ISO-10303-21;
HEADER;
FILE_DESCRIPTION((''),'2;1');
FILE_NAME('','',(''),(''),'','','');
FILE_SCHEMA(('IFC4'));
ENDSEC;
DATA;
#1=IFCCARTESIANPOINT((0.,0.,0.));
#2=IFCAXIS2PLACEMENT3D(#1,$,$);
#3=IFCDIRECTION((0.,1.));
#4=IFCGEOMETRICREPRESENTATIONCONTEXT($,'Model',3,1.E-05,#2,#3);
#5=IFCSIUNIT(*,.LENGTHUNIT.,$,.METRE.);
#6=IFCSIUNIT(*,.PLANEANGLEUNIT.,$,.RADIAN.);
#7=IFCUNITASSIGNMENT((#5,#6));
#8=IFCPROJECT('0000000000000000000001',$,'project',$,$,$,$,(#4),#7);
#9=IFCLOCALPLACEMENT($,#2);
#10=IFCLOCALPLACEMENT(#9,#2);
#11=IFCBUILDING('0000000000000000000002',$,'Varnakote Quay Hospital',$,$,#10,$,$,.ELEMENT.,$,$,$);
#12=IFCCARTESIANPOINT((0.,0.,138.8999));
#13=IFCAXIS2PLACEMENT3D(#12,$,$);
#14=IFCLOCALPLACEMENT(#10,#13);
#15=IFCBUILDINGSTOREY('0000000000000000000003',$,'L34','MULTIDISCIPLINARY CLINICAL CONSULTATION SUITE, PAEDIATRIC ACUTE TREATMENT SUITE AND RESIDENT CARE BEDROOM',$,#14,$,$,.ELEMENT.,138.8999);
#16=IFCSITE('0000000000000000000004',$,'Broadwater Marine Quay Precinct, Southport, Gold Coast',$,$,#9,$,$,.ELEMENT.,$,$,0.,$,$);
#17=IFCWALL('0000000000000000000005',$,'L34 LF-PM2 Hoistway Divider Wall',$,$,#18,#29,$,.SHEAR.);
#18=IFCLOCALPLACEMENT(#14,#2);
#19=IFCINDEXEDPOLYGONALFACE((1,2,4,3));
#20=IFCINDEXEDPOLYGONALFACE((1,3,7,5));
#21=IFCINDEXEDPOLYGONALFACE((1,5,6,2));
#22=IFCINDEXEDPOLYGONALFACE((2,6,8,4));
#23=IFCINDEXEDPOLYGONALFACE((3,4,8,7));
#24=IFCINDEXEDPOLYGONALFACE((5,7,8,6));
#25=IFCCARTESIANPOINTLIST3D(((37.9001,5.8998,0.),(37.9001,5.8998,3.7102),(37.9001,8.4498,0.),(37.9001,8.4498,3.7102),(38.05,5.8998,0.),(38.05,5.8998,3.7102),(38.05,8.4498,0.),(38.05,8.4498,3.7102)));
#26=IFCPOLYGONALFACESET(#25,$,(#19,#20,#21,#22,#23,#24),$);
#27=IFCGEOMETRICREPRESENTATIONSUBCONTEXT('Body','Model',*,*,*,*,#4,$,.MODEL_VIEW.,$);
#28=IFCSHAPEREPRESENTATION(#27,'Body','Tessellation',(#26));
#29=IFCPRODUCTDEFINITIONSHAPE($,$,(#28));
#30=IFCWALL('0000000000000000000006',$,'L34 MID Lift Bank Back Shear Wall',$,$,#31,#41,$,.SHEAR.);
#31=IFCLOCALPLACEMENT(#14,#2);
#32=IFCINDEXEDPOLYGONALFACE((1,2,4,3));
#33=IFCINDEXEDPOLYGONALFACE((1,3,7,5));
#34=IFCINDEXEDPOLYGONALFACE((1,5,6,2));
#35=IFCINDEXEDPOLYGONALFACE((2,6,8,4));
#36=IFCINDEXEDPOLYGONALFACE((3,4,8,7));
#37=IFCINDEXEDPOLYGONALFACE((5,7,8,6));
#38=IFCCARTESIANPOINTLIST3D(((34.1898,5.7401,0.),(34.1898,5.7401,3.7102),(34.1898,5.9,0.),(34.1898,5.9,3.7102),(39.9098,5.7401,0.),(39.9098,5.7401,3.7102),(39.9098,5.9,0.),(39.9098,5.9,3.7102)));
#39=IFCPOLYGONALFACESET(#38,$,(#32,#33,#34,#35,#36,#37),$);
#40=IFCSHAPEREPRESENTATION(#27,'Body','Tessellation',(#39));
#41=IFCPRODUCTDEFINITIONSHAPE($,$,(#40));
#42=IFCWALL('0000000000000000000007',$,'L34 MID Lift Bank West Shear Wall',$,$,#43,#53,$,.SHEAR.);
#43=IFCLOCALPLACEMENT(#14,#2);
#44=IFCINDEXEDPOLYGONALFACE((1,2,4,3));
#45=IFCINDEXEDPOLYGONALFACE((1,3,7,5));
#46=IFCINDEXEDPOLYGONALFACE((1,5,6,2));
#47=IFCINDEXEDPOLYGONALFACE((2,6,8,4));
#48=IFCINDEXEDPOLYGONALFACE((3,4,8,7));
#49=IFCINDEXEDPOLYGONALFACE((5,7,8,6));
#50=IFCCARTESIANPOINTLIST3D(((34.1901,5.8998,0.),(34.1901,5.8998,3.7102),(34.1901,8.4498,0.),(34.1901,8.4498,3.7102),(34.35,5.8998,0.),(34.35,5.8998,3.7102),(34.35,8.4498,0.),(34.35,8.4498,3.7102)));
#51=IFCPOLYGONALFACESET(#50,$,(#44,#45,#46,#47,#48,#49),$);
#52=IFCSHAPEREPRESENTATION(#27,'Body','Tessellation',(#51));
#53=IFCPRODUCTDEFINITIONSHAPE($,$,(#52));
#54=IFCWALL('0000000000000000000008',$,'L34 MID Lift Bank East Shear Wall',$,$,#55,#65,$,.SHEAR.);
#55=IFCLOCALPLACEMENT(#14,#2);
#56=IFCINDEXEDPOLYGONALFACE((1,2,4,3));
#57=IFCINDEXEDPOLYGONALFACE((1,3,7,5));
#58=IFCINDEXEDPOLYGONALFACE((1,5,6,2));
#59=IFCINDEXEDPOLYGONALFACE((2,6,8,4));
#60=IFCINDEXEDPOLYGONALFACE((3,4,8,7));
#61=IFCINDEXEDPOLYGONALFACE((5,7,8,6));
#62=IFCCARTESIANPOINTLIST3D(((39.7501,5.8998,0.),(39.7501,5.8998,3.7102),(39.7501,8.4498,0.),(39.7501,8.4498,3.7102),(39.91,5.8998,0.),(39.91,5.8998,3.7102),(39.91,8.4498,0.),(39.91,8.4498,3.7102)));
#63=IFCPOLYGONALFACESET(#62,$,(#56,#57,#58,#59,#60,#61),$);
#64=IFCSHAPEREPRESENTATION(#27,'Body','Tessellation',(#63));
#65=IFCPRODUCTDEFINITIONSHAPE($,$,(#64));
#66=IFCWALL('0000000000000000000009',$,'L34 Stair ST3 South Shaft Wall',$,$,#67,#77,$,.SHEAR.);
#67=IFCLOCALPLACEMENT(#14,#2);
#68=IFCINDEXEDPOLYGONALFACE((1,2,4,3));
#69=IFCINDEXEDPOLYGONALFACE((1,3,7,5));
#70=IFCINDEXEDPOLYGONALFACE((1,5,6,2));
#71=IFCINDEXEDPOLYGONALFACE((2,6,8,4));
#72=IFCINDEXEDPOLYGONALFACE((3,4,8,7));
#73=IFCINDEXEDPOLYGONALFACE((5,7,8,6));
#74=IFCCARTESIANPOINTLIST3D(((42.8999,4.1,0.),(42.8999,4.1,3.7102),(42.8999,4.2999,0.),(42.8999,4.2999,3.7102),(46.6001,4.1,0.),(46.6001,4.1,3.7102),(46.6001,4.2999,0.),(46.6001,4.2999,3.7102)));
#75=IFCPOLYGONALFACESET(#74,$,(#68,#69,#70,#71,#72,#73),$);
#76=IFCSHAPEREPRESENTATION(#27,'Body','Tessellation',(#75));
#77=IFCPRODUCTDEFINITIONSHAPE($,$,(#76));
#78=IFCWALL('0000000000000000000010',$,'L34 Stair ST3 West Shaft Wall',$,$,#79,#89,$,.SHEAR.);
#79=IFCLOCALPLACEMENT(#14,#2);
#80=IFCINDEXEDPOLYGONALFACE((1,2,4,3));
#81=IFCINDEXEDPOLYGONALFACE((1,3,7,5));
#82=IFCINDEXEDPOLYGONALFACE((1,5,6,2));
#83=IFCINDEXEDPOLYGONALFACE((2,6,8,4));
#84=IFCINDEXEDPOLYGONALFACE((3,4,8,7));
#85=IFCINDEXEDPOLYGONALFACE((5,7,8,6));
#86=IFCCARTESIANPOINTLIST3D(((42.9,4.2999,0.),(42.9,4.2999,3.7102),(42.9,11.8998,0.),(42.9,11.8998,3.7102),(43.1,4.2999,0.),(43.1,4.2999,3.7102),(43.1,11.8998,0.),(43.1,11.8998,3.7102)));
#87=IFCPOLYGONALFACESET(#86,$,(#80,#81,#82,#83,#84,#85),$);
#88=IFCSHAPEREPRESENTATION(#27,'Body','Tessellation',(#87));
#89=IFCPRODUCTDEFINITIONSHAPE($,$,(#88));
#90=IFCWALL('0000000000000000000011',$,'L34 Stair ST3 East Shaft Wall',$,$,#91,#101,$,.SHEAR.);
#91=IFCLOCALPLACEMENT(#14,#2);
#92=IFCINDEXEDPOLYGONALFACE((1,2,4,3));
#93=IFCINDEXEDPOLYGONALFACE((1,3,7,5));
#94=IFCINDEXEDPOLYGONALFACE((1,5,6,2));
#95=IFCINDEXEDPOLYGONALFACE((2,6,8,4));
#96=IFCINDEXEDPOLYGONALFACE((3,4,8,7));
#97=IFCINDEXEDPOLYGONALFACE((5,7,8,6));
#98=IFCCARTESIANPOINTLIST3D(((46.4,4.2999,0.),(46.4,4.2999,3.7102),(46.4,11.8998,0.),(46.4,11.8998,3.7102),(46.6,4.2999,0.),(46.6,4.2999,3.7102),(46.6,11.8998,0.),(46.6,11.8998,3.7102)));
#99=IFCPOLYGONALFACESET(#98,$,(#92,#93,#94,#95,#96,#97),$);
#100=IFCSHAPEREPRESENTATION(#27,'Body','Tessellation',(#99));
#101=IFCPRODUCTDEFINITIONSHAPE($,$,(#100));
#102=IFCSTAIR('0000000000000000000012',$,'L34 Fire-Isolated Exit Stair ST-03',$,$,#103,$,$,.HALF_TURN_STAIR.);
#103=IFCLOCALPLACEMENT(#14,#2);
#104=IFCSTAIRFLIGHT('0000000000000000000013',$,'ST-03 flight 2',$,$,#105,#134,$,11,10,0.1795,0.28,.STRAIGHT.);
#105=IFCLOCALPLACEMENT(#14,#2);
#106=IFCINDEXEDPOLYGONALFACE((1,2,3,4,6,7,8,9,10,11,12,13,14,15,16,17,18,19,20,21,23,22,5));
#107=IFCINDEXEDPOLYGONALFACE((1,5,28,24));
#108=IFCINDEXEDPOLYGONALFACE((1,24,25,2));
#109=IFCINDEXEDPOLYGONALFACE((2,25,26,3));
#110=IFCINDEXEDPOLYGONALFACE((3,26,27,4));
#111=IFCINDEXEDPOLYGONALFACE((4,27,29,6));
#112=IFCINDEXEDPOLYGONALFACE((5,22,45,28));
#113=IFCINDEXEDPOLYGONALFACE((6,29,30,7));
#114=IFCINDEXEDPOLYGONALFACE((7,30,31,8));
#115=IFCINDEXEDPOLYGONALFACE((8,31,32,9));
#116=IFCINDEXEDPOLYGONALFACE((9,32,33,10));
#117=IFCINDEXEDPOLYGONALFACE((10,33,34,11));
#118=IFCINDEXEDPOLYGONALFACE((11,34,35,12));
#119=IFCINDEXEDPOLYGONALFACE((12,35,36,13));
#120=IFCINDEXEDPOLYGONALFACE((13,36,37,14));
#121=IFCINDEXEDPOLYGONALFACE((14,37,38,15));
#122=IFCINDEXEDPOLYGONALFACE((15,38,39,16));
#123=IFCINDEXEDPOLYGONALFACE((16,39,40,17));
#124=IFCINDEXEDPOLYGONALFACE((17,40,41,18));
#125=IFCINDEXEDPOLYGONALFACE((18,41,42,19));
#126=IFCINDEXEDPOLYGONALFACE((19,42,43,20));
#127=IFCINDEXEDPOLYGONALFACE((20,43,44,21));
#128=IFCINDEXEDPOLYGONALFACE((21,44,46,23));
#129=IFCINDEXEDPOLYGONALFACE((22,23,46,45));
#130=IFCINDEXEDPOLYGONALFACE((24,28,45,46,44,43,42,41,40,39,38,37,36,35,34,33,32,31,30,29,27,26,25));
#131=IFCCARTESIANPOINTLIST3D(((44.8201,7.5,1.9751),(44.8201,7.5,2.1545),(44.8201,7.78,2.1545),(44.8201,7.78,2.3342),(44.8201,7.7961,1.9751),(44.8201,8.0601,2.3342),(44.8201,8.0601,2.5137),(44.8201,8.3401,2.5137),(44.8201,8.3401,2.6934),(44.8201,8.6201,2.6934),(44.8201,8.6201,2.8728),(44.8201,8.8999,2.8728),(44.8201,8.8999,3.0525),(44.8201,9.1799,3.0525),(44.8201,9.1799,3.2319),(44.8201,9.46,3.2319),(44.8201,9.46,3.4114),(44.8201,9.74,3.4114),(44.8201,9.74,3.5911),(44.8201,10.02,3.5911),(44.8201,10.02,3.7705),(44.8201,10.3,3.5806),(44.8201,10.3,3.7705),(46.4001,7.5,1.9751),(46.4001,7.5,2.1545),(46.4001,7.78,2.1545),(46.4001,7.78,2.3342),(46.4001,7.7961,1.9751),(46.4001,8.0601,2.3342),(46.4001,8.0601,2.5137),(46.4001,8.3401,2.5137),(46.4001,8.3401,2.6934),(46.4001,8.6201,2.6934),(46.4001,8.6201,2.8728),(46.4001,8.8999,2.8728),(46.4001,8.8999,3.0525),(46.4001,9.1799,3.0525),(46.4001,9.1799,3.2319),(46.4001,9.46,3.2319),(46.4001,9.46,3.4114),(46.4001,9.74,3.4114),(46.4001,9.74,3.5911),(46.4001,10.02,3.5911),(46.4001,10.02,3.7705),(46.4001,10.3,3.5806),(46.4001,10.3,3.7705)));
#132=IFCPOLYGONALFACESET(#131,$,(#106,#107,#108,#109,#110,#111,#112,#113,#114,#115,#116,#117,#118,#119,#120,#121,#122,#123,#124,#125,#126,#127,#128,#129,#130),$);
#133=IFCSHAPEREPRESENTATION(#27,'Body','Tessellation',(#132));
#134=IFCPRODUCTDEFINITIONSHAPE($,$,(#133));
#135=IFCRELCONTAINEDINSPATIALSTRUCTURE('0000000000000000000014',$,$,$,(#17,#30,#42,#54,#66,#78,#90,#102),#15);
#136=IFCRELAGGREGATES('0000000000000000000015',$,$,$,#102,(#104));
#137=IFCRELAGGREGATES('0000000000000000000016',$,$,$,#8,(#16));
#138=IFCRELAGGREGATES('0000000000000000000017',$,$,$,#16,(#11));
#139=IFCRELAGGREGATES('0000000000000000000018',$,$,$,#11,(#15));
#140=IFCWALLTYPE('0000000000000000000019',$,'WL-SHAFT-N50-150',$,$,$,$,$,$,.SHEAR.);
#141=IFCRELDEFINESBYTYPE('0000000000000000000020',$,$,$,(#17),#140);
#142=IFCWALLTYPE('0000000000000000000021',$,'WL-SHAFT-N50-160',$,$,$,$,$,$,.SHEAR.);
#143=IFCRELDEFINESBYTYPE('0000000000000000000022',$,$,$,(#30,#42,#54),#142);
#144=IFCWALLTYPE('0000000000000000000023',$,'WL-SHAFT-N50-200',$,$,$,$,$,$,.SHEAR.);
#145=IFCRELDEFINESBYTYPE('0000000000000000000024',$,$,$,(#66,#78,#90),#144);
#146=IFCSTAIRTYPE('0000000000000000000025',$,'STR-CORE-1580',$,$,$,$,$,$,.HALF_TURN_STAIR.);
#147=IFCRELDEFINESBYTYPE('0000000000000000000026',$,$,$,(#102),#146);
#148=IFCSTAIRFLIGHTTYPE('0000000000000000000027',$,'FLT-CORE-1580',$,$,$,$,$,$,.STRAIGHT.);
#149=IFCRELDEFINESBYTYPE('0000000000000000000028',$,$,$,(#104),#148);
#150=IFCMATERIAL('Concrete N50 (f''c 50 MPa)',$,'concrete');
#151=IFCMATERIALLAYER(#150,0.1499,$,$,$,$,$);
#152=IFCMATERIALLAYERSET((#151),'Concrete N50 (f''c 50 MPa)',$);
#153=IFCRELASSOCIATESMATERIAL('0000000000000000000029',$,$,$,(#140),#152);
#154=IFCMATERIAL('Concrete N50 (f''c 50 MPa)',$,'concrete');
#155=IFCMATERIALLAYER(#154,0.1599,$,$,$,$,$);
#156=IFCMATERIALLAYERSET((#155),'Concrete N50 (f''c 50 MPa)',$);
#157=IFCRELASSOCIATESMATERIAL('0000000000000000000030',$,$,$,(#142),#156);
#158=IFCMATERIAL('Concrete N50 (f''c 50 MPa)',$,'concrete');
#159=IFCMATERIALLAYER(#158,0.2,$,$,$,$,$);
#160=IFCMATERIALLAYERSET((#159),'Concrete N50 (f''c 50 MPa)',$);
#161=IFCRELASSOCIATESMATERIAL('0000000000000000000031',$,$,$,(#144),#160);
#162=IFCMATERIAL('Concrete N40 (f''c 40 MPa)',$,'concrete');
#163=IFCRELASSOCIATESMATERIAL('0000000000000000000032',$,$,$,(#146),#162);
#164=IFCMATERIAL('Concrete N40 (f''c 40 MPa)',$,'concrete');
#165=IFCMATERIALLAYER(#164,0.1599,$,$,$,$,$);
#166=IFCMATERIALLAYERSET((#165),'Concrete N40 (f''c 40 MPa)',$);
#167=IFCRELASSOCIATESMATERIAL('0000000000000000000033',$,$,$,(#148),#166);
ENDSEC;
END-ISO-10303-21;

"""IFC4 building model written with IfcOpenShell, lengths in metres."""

from ifc_helpers import new_model, si_unit, direction, frame, frame_2d, origin, place, context, subcontext, project, spatial, polyline, rectangle, outline, extrude, material, layer, layer_set, type_object, element, aggregate, save


model = new_model("IFC4")

# Units and contexts
model_context = context("Model", 3, precision=1e-05, world=origin(), true_north=direction((0.0, 1.0)))
body_context = subcontext(model_context, "Body", "Model", "MODEL_VIEW")
ifc_project = project(units=[si_unit("LENGTHUNIT", "METRE"), si_unit("PLANEANGLEUNIT", "RADIAN")], contexts=[model_context])

# Site, building, storey
site_placement = place(None, origin())
site = spatial("IfcSite", under=ifc_project, at=site_placement, Name="Broadwater Marine Quay Precinct, Southport, Gold Coast", CompositionType="ELEMENT", RefElevation=0.0)
building_placement = place(site_placement, origin())
building = spatial("IfcBuilding", under=site, at=building_placement, Name="Varnakote Quay Hospital", CompositionType="ELEMENT")
storey_placement = place(building_placement, frame((0.0, 0.0, 138.8999)))
storey = spatial("IfcBuildingStorey", under=building, at=storey_placement, Name="L34", Description="MULTIDISCIPLINARY CLINICAL CONSULTATION SUITE, PAEDIATRIC ACUTE TREATMENT SUITE AND RESIDENT CARE BEDROOM", CompositionType="ELEMENT", Elevation=138.8999)

# Walls
ifc_material_1 = material(Name="Concrete N50 (f'c 50 MPa)", Category="concrete")
ifc_layer_1 = layer(ifc_material_1, 0.1499)
ifc_layer_set_1 = layer_set([ifc_layer_1], Name="Concrete N50 (f'c 50 MPa)")
wall_type_1 = type_object("IfcWallType", Name="WL-SHAFT-N50-150", PredefinedType="SHEAR", material=ifc_layer_set_1)
for number, where, z_axis, x_axis, name in (
    (1, (37.9751, 5.8999, 0.0), (0.0, 0.0, 1.0), (0.0, 1.0, 0.0), "L34 LF-PM2 Hoistway Divider Wall"),
):
    element("IfcWall", number, at=place(storey_placement, frame(where, z_axis=z_axis, x_axis=x_axis)), inside=storey, type_object=wall_type_1, Name=name, PredefinedType="SHEAR", context=body_context, shape_type="SweptSolid", body=[
        extrude(rectangle(XDim=2.55, YDim=0.1499, at=frame_2d((1.2749, 0.0))), origin(), (0.0, 0.0, 1.0), 3.7102),
    ])
ifc_material_2 = material(Name="Concrete N50 (f'c 50 MPa)", Category="concrete")
ifc_layer_2 = layer(ifc_material_2, 0.1599)
ifc_layer_set_2 = layer_set([ifc_layer_2], Name="Concrete N50 (f'c 50 MPa)")
wall_type_2 = type_object("IfcWallType", Name="WL-SHAFT-N50-160", PredefinedType="SHEAR", material=ifc_layer_set_2)
wall_1_placement = place(storey_placement, frame((34.1899, 5.8201, 0.0), z_axis=(0.0, 0.0, 1.0), x_axis=(1.0, 0.0, 0.0)))
element("IfcWall", 2, at=wall_1_placement, inside=storey, type_object=wall_type_2, Name="L34 MID Lift Bank Back Shear Wall", PredefinedType="SHEAR", context=body_context, shape_type="SweptSolid", body=[
    extrude(rectangle(XDim=5.72, YDim=0.1599, at=frame_2d((2.8599, 0.0))), origin(), (0.0, 0.0, 1.0), 3.7102),
])
for number, where, z_axis, x_axis, name in (
    (3, (34.27, 5.8999, 0.0), (0.0, 0.0, 1.0), (0.0, 1.0, 0.0), "L34 MID Lift Bank West Shear Wall"),
    (4, (39.8301, 5.8999, 0.0), (0.0, 0.0, 1.0), (0.0, 1.0, 0.0), "L34 MID Lift Bank East Shear Wall"),
):
    element("IfcWall", number, at=place(storey_placement, frame(where, z_axis=z_axis, x_axis=x_axis)), inside=storey, type_object=wall_type_2, Name=name, PredefinedType="SHEAR", context=body_context, shape_type="SweptSolid", body=[
        extrude(rectangle(XDim=2.55, YDim=0.1599, at=frame_2d((1.2749, 0.0))), origin(), (0.0, 0.0, 1.0), 3.7102),
    ])

# Walls
ifc_material_3 = material(Name="Concrete N50 (f'c 50 MPa)", Category="concrete")
ifc_layer_3 = layer(ifc_material_3, 0.2)
ifc_layer_set_3 = layer_set([ifc_layer_3], Name="Concrete N50 (f'c 50 MPa)")
wall_type_3 = type_object("IfcWallType", Name="WL-SHAFT-N50-200", PredefinedType="SHEAR", material=ifc_layer_set_3)
wall_2_placement = place(storey_placement, frame((42.8999, 4.2, 0.0), z_axis=(0.0, 0.0, 1.0), x_axis=(1.0, 0.0, 0.0)))
element("IfcWall", 5, at=wall_2_placement, inside=storey, type_object=wall_type_3, Name="L34 Stair ST3 South Shaft Wall", PredefinedType="SHEAR", context=body_context, shape_type="SweptSolid", body=[
    extrude(rectangle(XDim=3.7002, YDim=0.2, at=frame_2d((1.8501, 0.0))), origin(), (0.0, 0.0, 1.0), 3.7102),
])
for number, where, z_axis, x_axis, name in (
    (6, (43.0, 4.3, 0.0), (0.0, 0.0, 1.0), (0.0, 1.0, 0.0), "L34 Stair ST3 West Shaft Wall"),
    (7, (46.5, 4.3, 0.0), (0.0, 0.0, 1.0), (0.0, 1.0, 0.0), "L34 Stair ST3 East Shaft Wall"),
):
    element("IfcWall", number, at=place(storey_placement, frame(where, z_axis=z_axis, x_axis=x_axis)), inside=storey, type_object=wall_type_3, Name=name, PredefinedType="SHEAR", context=body_context, shape_type="SweptSolid", body=[
        extrude(rectangle(XDim=7.5999, YDim=0.2, at=frame_2d((3.7998, 0.0))), origin(), (0.0, 0.0, 1.0), 3.7102),
    ])

# Stair, stair flight
ifc_material_4 = material(Name="Concrete N40 (f'c 40 MPa)", Category="concrete")
stair_type = type_object("IfcStairType", Name="STR-CORE-1580", PredefinedType="HALF_TURN_STAIR", material=ifc_material_4)
stair_placement = place(storey_placement, origin())
stair = element("IfcStair", 8, at=stair_placement, inside=storey, type_object=stair_type, Name="L34 Fire-Isolated Exit Stair ST-03", PredefinedType="HALF_TURN_STAIR")
ifc_material_5 = material(Name="Concrete N40 (f'c 40 MPa)", Category="concrete")
ifc_layer_4 = layer(ifc_material_5, 0.1599)
ifc_layer_set_4 = layer_set([ifc_layer_4], Name="Concrete N40 (f'c 40 MPa)")
stair_flight_type = type_object("IfcStairFlightType", Name="FLT-CORE-1580", PredefinedType="STRAIGHT", material=ifc_layer_set_4)
stair_flight_placement = place(storey_placement, frame((45.6101, 7.5, 1.9751), z_axis=(0.0, 0.0, 1.0), x_axis=(0.0, 1.0, 0.0)))
stair_flight = element("IfcStairFlight", 9, at=stair_flight_placement, type_object=stair_flight_type, Name="ST-03 flight 2", NumberOfRisers=11, NumberOfTreads=10, PredefinedType="STRAIGHT", RiserHeight=0.1795, TreadLength=0.28, context=body_context, shape_type="SweptSolid", body=[
    extrude(outline(polyline([(0.0, 0.0), (0.0, 0.1794), (0.28, 0.1794), (0.28, 0.3591), (0.5601, 0.3591), (0.5601, 0.5386), (0.8401, 0.5386), (0.8401, 0.7183), (1.1201, 0.7183), (1.1201, 0.8977), (1.3999, 0.8977), (1.3999, 1.0774), (1.6799, 1.0774), (1.6799, 1.2568), (1.96, 1.2568), (1.96, 1.4363), (2.24, 1.4363), (2.24, 1.616), (2.52, 1.616), (2.52, 1.7954), (2.8, 1.7954), (2.8, 1.9751), (2.8, 1.6055), (0.2961, 0.0), (0.0, 0.0)])), frame((0.0, 0.79, 0.0), z_axis=(0.0, -1.0, 0.0), x_axis=(1.0, 0.0, 0.0)), (0.0, 0.0, 1.0), 1.5801),
])
aggregate(stair, [stair_flight])

save(model, "model.ifc")
